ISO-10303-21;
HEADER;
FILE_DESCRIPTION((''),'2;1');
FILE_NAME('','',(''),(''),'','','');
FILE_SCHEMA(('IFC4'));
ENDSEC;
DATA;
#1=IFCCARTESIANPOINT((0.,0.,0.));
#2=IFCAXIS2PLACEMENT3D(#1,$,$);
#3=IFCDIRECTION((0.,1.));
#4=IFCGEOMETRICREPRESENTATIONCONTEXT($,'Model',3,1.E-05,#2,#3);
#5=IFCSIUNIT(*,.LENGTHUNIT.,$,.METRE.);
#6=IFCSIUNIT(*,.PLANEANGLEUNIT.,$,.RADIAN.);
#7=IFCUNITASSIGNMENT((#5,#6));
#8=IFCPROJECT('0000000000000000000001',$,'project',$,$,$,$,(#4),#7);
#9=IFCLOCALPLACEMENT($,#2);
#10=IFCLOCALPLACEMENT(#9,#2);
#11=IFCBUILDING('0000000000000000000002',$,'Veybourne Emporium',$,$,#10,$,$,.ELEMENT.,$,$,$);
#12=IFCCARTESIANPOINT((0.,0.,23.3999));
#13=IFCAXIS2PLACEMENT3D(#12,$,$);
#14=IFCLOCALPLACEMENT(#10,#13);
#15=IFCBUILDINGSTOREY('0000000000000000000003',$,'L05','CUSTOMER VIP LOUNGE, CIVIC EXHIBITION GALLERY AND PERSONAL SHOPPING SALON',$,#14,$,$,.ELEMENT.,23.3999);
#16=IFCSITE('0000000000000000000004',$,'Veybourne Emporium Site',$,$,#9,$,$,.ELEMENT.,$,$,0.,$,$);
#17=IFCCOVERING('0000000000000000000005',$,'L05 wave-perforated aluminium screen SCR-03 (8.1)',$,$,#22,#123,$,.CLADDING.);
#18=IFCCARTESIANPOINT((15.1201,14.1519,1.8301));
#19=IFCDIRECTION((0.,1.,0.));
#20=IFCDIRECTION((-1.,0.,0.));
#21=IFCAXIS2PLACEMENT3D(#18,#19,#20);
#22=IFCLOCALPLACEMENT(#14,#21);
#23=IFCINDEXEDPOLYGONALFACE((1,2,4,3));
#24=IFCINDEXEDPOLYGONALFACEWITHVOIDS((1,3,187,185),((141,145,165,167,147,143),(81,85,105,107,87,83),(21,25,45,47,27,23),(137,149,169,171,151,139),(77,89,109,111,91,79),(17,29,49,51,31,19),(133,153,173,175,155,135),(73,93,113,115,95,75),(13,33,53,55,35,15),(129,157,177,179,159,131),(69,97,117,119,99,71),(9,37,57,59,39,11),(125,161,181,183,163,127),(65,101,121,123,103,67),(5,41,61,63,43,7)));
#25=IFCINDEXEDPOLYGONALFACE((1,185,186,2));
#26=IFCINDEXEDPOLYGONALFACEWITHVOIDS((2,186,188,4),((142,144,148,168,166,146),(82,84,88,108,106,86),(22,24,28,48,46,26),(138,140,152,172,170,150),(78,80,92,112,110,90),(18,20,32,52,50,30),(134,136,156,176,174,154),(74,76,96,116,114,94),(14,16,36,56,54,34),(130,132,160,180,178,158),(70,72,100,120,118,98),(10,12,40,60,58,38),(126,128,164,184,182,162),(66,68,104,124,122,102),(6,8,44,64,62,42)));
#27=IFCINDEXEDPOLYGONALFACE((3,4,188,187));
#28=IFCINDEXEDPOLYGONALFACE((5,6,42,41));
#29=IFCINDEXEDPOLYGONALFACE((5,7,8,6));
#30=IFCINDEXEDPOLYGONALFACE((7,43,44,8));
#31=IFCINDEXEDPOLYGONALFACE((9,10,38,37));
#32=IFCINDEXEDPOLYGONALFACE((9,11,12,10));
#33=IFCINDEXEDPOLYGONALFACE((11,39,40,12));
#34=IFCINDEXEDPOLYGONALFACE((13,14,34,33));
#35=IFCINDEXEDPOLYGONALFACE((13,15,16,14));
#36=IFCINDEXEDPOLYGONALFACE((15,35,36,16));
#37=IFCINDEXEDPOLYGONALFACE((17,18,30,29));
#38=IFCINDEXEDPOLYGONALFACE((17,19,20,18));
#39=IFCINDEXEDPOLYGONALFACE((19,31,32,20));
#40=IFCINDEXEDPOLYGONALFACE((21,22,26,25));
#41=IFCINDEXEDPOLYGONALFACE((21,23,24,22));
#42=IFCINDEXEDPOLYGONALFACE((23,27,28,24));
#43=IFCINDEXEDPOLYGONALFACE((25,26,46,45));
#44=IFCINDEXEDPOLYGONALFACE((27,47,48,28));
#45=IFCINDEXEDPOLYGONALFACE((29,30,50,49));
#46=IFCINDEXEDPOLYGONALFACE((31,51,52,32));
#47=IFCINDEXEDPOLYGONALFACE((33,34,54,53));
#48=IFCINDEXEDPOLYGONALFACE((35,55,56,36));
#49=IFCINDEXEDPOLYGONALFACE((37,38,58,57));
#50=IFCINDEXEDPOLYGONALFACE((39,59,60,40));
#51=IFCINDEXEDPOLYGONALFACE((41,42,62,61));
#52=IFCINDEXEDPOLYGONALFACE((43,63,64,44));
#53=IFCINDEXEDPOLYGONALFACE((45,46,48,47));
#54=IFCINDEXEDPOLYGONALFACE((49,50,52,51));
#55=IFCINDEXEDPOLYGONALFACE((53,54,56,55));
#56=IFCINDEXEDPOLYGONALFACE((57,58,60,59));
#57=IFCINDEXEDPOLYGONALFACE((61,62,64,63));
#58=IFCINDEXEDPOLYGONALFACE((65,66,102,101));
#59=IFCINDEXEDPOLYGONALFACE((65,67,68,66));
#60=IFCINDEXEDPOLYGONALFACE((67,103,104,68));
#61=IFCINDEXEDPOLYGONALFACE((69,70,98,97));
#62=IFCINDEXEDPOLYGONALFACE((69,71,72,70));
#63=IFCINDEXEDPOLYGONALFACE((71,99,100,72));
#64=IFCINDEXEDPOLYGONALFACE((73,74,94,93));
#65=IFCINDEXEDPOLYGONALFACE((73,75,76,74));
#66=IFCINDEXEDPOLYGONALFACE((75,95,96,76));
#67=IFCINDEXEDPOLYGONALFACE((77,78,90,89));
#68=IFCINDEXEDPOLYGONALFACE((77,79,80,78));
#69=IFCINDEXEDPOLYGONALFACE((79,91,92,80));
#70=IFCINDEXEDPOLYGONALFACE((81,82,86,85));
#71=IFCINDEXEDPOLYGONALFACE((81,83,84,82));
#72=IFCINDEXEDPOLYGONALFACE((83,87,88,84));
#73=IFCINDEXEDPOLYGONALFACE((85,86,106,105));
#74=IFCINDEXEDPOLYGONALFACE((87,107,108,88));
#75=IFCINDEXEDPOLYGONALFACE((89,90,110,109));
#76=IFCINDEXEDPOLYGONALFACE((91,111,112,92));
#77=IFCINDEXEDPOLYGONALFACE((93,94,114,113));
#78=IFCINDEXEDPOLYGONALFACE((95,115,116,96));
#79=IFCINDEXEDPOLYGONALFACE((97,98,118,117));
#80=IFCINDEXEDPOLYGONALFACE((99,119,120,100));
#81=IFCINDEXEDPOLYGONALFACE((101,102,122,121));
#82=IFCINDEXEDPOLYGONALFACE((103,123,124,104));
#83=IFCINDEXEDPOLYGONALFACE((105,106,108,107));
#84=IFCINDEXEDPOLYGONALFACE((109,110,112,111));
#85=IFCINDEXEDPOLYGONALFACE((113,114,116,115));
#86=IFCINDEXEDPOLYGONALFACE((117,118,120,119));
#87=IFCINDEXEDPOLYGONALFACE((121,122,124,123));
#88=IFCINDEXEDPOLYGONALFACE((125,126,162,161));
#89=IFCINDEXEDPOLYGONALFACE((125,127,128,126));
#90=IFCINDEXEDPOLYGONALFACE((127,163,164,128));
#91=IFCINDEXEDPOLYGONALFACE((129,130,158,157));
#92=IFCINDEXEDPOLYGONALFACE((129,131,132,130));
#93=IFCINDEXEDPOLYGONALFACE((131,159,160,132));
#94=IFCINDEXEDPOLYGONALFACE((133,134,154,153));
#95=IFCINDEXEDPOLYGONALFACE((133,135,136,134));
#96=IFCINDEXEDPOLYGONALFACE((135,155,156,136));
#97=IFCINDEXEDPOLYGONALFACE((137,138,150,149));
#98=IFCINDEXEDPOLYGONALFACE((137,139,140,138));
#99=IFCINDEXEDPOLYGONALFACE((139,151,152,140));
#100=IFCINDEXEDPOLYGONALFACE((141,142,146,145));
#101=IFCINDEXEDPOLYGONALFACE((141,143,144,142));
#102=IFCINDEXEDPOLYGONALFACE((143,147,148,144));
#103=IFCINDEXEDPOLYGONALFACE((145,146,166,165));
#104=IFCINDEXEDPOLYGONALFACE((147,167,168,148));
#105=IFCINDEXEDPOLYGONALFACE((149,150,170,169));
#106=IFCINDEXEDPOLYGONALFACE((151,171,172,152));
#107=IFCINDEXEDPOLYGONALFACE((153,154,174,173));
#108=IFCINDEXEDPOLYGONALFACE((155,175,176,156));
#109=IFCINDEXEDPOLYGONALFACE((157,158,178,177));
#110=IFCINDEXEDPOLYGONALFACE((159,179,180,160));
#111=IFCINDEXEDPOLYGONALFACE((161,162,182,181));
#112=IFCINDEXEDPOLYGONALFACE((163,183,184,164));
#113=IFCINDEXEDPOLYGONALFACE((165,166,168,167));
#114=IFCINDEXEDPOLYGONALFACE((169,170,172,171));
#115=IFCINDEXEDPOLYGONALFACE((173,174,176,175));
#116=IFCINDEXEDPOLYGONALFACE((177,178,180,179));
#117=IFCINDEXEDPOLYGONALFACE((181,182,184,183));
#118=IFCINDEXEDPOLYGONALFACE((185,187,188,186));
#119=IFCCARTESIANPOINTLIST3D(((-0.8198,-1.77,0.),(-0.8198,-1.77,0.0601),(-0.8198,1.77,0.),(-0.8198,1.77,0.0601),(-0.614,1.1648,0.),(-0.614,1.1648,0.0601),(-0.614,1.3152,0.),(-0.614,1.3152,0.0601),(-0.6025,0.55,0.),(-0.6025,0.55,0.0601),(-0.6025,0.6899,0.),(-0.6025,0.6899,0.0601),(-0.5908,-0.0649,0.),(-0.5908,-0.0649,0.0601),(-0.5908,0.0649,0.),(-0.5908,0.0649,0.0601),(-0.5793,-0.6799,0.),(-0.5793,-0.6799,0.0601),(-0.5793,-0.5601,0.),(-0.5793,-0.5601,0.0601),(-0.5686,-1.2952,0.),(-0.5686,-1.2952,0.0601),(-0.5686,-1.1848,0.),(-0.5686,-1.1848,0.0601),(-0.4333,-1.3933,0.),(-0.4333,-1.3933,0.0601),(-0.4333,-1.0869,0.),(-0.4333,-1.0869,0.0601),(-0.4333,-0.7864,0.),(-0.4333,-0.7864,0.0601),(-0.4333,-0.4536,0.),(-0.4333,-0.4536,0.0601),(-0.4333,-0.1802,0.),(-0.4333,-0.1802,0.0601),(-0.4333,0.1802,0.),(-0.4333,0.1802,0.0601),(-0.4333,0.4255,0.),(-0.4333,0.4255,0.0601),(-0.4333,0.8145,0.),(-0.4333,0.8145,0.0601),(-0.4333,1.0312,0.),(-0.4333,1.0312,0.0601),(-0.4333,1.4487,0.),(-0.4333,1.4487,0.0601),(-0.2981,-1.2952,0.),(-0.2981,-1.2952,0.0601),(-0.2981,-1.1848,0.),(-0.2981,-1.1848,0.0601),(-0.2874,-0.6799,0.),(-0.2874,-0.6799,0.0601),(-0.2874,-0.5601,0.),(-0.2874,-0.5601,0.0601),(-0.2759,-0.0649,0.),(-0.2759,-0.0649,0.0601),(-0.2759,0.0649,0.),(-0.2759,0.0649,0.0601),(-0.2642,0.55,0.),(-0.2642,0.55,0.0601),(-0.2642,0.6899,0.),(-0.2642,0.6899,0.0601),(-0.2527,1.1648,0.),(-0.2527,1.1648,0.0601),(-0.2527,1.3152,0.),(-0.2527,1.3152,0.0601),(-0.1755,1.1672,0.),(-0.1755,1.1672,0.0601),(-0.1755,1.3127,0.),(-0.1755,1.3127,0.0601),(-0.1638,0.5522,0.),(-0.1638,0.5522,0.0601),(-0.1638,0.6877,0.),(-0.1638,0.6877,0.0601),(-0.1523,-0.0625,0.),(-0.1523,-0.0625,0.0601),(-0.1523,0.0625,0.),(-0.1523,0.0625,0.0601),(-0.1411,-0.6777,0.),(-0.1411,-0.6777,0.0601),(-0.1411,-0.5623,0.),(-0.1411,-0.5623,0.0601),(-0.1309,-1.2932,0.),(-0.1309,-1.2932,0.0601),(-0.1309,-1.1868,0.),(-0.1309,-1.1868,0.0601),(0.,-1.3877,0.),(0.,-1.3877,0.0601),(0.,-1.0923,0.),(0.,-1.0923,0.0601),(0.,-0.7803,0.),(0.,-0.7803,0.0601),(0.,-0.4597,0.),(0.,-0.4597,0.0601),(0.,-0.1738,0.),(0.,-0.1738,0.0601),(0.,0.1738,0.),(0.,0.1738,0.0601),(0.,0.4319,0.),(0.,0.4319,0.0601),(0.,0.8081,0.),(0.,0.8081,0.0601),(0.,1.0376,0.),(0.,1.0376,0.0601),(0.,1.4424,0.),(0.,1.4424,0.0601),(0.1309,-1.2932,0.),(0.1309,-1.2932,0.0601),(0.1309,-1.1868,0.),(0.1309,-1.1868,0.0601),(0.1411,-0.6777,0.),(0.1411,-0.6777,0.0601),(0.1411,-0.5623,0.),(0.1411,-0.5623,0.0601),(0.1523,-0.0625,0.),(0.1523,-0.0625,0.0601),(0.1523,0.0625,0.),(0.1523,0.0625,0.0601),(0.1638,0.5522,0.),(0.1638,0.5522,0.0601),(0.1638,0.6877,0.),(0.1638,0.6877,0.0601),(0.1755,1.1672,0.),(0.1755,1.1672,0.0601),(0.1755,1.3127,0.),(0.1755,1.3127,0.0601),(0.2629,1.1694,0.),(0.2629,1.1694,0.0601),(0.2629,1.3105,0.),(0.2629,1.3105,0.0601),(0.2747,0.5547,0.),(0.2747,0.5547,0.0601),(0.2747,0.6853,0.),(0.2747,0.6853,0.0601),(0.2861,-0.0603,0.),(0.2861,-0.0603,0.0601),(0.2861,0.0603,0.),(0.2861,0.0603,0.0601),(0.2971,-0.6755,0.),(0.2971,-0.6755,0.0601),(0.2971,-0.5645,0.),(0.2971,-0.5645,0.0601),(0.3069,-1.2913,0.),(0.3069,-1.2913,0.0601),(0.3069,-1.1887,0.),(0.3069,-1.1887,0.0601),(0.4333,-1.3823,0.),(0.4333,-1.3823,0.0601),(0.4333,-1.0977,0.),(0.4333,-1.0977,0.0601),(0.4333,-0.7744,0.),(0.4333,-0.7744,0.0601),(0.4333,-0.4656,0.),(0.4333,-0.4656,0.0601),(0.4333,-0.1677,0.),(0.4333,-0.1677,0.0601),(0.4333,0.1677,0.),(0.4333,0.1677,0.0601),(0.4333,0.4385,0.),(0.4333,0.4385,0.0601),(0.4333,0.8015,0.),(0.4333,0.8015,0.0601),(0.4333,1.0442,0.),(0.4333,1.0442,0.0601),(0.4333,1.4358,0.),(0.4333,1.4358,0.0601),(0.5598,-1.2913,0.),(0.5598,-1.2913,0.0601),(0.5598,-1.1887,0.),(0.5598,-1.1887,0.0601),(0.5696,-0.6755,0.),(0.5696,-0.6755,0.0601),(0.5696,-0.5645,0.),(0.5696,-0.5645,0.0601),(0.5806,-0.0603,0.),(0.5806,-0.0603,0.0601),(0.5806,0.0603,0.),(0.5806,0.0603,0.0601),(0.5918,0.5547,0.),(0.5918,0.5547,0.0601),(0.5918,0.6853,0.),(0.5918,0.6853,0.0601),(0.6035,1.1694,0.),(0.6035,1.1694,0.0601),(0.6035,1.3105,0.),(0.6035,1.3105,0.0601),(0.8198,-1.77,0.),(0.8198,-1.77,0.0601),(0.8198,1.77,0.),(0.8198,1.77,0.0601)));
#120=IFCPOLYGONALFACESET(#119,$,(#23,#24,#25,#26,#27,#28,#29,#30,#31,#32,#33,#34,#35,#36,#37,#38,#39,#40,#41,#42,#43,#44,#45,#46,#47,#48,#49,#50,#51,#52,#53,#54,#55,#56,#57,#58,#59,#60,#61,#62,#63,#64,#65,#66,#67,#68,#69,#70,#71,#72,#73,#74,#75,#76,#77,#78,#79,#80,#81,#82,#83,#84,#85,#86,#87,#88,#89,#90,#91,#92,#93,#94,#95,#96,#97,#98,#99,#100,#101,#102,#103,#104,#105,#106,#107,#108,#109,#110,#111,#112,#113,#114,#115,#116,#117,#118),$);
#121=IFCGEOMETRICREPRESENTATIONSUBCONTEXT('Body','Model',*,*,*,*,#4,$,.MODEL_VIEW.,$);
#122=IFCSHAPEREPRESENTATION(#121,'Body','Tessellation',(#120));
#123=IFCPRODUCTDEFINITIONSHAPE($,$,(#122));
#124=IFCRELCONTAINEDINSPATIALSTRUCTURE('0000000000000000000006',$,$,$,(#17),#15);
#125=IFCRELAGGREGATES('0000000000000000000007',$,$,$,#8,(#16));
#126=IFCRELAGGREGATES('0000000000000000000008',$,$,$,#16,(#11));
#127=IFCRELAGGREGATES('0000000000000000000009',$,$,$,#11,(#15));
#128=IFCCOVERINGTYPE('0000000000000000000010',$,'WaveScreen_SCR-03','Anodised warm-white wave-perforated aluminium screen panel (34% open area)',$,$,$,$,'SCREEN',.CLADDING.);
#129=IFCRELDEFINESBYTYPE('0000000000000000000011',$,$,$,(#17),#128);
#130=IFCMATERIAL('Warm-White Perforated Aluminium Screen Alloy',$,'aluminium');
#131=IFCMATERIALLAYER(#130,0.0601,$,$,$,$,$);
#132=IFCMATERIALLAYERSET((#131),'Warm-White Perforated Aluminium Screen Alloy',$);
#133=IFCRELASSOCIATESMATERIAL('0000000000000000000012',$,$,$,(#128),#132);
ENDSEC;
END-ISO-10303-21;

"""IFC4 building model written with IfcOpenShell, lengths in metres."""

from ifc_helpers import new_model, si_unit, direction, frame, origin, place, context, subcontext, project, spatial, polyline, outline, extrude, material, layer, layer_set, type_object, element, save


model = new_model("IFC4")

# Units and contexts
model_context = context("Model", 3, precision=1e-05, world=origin(), true_north=direction((0.0, 1.0)))
body_context = subcontext(model_context, "Body", "Model", "MODEL_VIEW")
ifc_project = project(units=[si_unit("LENGTHUNIT", "METRE"), si_unit("PLANEANGLEUNIT", "RADIAN")], contexts=[model_context])

# Site, building, storey
site_placement = place(None, origin())
site = spatial("IfcSite", under=ifc_project, at=site_placement, Name="Veybourne Emporium Site", CompositionType="ELEMENT", RefElevation=0.0)
building_placement = place(site_placement, origin())
building = spatial("IfcBuilding", under=site, at=building_placement, Name="Veybourne Emporium", CompositionType="ELEMENT")
storey_placement = place(building_placement, frame((0.0, 0.0, 23.3999)))
storey = spatial("IfcBuildingStorey", under=building, at=storey_placement, Name="L05", Description="CUSTOMER VIP LOUNGE, CIVIC EXHIBITION GALLERY AND PERSONAL SHOPPING SALON", CompositionType="ELEMENT", Elevation=23.3999)

# Covering
ifc_material_1 = material(Name="Warm-White Perforated Aluminium Screen Alloy", Category="aluminium")
ifc_layer_1 = layer(ifc_material_1, 0.0601)
ifc_layer_set_1 = layer_set([ifc_layer_1], Name="Warm-White Perforated Aluminium Screen Alloy")
covering_type_1 = type_object("IfcCoveringType", Name="WaveScreen_SCR-03", Description="Anodised warm-white wave-perforated aluminium screen panel (34% open area)", ElementType="SCREEN", PredefinedType="CLADDING", material=ifc_layer_set_1)
covering_1_placement = place(storey_placement, frame((15.1201, 14.1519, 1.8301), z_axis=(0.0, 1.0, 0.0), x_axis=(-1.0, 0.0, 0.0)))
element("IfcCovering", 1, at=covering_1_placement, inside=storey, type_object=covering_type_1, Name="L05 wave-perforated aluminium screen SCR-03 (8.1)", PredefinedType="CLADDING", context=body_context, shape_type="SweptSolid", body=[
    extrude(outline(polyline([(-0.8198, -1.77), (0.8198, -1.77), (0.8198, 1.77), (-0.8198, 1.77), (-0.8198, -1.77)]), holes=[polyline([(-0.4333, -1.0869), (-0.2981, -1.1848), (-0.2981, -1.2952), (-0.4333, -1.3933), (-0.5686, -1.2952), (-0.5686, -1.1848), (-0.4333, -1.0869)]), polyline([(-0.4333, -0.4536), (-0.2874, -0.5601), (-0.2874, -0.6799), (-0.4333, -0.7864), (-0.5793, -0.6799), (-0.5793, -0.5601), (-0.4333, -0.4536)]), polyline([(-0.4333, 0.1802), (-0.2759, 0.0649), (-0.2759, -0.0649), (-0.4333, -0.1802), (-0.5908, -0.0649), (-0.5908, 0.0649), (-0.4333, 0.1802)]), polyline([(-0.4333, 0.8145), (-0.2642, 0.6899), (-0.2642, 0.55), (-0.4333, 0.4255), (-0.6025, 0.55), (-0.6025, 0.6899), (-0.4333, 0.8145)]), polyline([(-0.4333, 1.4487), (-0.2527, 1.3152), (-0.2527, 1.1648), (-0.4333, 1.0312), (-0.614, 1.1648), (-0.614, 1.3152), (-0.4333, 1.4487)]), polyline([(0.0, -1.0923), (0.1309, -1.1868), (0.1309, -1.2932), (0.0, -1.3877), (-0.1309, -1.2932), (-0.1309, -1.1868), (0.0, -1.0923)]), polyline([(0.0, -0.4597), (0.1411, -0.5623), (0.1411, -0.6777), (0.0, -0.7803), (-0.1411, -0.6777), (-0.1411, -0.5623), (0.0, -0.4597)]), polyline([(0.0, 0.1738), (0.1523, 0.0625), (0.1523, -0.0625), (0.0, -0.1738), (-0.1523, -0.0625), (-0.1523, 0.0625), (0.0, 0.1738)]), polyline([(0.0, 0.8081), (0.1638, 0.6877), (0.1638, 0.5522), (0.0, 0.4319), (-0.1638, 0.5522), (-0.1638, 0.6877), (0.0, 0.8081)]), polyline([(0.0, 1.4424), (0.1755, 1.3127), (0.1755, 1.1672), (0.0, 1.0376), (-0.1755, 1.1672), (-0.1755, 1.3127), (0.0, 1.4424)]), polyline([(0.4333, -1.0977), (0.5598, -1.1887), (0.5598, -1.2913), (0.4333, -1.3823), (0.3069, -1.2913), (0.3069, -1.1887), (0.4333, -1.0977)]), polyline([(0.4333, -0.4656), (0.5696, -0.5645), (0.5696, -0.6755), (0.4333, -0.7744), (0.2971, -0.6755), (0.2971, -0.5645), (0.4333, -0.4656)]), polyline([(0.4333, 0.1677), (0.5806, 0.0603), (0.5806, -0.0603), (0.4333, -0.1677), (0.2861, -0.0603), (0.2861, 0.0603), (0.4333, 0.1677)]), polyline([(0.4333, 0.8015), (0.5918, 0.6853), (0.5918, 0.5547), (0.4333, 0.4385), (0.2747, 0.5547), (0.2747, 0.6853), (0.4333, 0.8015)]), polyline([(0.4333, 1.4358), (0.6035, 1.3105), (0.6035, 1.1694), (0.4333, 1.0442), (0.2629, 1.1694), (0.2629, 1.3105), (0.4333, 1.4358)])]), origin(), (0.0, 0.0, 1.0), 0.0601),
])

save(model, "model.ifc")
